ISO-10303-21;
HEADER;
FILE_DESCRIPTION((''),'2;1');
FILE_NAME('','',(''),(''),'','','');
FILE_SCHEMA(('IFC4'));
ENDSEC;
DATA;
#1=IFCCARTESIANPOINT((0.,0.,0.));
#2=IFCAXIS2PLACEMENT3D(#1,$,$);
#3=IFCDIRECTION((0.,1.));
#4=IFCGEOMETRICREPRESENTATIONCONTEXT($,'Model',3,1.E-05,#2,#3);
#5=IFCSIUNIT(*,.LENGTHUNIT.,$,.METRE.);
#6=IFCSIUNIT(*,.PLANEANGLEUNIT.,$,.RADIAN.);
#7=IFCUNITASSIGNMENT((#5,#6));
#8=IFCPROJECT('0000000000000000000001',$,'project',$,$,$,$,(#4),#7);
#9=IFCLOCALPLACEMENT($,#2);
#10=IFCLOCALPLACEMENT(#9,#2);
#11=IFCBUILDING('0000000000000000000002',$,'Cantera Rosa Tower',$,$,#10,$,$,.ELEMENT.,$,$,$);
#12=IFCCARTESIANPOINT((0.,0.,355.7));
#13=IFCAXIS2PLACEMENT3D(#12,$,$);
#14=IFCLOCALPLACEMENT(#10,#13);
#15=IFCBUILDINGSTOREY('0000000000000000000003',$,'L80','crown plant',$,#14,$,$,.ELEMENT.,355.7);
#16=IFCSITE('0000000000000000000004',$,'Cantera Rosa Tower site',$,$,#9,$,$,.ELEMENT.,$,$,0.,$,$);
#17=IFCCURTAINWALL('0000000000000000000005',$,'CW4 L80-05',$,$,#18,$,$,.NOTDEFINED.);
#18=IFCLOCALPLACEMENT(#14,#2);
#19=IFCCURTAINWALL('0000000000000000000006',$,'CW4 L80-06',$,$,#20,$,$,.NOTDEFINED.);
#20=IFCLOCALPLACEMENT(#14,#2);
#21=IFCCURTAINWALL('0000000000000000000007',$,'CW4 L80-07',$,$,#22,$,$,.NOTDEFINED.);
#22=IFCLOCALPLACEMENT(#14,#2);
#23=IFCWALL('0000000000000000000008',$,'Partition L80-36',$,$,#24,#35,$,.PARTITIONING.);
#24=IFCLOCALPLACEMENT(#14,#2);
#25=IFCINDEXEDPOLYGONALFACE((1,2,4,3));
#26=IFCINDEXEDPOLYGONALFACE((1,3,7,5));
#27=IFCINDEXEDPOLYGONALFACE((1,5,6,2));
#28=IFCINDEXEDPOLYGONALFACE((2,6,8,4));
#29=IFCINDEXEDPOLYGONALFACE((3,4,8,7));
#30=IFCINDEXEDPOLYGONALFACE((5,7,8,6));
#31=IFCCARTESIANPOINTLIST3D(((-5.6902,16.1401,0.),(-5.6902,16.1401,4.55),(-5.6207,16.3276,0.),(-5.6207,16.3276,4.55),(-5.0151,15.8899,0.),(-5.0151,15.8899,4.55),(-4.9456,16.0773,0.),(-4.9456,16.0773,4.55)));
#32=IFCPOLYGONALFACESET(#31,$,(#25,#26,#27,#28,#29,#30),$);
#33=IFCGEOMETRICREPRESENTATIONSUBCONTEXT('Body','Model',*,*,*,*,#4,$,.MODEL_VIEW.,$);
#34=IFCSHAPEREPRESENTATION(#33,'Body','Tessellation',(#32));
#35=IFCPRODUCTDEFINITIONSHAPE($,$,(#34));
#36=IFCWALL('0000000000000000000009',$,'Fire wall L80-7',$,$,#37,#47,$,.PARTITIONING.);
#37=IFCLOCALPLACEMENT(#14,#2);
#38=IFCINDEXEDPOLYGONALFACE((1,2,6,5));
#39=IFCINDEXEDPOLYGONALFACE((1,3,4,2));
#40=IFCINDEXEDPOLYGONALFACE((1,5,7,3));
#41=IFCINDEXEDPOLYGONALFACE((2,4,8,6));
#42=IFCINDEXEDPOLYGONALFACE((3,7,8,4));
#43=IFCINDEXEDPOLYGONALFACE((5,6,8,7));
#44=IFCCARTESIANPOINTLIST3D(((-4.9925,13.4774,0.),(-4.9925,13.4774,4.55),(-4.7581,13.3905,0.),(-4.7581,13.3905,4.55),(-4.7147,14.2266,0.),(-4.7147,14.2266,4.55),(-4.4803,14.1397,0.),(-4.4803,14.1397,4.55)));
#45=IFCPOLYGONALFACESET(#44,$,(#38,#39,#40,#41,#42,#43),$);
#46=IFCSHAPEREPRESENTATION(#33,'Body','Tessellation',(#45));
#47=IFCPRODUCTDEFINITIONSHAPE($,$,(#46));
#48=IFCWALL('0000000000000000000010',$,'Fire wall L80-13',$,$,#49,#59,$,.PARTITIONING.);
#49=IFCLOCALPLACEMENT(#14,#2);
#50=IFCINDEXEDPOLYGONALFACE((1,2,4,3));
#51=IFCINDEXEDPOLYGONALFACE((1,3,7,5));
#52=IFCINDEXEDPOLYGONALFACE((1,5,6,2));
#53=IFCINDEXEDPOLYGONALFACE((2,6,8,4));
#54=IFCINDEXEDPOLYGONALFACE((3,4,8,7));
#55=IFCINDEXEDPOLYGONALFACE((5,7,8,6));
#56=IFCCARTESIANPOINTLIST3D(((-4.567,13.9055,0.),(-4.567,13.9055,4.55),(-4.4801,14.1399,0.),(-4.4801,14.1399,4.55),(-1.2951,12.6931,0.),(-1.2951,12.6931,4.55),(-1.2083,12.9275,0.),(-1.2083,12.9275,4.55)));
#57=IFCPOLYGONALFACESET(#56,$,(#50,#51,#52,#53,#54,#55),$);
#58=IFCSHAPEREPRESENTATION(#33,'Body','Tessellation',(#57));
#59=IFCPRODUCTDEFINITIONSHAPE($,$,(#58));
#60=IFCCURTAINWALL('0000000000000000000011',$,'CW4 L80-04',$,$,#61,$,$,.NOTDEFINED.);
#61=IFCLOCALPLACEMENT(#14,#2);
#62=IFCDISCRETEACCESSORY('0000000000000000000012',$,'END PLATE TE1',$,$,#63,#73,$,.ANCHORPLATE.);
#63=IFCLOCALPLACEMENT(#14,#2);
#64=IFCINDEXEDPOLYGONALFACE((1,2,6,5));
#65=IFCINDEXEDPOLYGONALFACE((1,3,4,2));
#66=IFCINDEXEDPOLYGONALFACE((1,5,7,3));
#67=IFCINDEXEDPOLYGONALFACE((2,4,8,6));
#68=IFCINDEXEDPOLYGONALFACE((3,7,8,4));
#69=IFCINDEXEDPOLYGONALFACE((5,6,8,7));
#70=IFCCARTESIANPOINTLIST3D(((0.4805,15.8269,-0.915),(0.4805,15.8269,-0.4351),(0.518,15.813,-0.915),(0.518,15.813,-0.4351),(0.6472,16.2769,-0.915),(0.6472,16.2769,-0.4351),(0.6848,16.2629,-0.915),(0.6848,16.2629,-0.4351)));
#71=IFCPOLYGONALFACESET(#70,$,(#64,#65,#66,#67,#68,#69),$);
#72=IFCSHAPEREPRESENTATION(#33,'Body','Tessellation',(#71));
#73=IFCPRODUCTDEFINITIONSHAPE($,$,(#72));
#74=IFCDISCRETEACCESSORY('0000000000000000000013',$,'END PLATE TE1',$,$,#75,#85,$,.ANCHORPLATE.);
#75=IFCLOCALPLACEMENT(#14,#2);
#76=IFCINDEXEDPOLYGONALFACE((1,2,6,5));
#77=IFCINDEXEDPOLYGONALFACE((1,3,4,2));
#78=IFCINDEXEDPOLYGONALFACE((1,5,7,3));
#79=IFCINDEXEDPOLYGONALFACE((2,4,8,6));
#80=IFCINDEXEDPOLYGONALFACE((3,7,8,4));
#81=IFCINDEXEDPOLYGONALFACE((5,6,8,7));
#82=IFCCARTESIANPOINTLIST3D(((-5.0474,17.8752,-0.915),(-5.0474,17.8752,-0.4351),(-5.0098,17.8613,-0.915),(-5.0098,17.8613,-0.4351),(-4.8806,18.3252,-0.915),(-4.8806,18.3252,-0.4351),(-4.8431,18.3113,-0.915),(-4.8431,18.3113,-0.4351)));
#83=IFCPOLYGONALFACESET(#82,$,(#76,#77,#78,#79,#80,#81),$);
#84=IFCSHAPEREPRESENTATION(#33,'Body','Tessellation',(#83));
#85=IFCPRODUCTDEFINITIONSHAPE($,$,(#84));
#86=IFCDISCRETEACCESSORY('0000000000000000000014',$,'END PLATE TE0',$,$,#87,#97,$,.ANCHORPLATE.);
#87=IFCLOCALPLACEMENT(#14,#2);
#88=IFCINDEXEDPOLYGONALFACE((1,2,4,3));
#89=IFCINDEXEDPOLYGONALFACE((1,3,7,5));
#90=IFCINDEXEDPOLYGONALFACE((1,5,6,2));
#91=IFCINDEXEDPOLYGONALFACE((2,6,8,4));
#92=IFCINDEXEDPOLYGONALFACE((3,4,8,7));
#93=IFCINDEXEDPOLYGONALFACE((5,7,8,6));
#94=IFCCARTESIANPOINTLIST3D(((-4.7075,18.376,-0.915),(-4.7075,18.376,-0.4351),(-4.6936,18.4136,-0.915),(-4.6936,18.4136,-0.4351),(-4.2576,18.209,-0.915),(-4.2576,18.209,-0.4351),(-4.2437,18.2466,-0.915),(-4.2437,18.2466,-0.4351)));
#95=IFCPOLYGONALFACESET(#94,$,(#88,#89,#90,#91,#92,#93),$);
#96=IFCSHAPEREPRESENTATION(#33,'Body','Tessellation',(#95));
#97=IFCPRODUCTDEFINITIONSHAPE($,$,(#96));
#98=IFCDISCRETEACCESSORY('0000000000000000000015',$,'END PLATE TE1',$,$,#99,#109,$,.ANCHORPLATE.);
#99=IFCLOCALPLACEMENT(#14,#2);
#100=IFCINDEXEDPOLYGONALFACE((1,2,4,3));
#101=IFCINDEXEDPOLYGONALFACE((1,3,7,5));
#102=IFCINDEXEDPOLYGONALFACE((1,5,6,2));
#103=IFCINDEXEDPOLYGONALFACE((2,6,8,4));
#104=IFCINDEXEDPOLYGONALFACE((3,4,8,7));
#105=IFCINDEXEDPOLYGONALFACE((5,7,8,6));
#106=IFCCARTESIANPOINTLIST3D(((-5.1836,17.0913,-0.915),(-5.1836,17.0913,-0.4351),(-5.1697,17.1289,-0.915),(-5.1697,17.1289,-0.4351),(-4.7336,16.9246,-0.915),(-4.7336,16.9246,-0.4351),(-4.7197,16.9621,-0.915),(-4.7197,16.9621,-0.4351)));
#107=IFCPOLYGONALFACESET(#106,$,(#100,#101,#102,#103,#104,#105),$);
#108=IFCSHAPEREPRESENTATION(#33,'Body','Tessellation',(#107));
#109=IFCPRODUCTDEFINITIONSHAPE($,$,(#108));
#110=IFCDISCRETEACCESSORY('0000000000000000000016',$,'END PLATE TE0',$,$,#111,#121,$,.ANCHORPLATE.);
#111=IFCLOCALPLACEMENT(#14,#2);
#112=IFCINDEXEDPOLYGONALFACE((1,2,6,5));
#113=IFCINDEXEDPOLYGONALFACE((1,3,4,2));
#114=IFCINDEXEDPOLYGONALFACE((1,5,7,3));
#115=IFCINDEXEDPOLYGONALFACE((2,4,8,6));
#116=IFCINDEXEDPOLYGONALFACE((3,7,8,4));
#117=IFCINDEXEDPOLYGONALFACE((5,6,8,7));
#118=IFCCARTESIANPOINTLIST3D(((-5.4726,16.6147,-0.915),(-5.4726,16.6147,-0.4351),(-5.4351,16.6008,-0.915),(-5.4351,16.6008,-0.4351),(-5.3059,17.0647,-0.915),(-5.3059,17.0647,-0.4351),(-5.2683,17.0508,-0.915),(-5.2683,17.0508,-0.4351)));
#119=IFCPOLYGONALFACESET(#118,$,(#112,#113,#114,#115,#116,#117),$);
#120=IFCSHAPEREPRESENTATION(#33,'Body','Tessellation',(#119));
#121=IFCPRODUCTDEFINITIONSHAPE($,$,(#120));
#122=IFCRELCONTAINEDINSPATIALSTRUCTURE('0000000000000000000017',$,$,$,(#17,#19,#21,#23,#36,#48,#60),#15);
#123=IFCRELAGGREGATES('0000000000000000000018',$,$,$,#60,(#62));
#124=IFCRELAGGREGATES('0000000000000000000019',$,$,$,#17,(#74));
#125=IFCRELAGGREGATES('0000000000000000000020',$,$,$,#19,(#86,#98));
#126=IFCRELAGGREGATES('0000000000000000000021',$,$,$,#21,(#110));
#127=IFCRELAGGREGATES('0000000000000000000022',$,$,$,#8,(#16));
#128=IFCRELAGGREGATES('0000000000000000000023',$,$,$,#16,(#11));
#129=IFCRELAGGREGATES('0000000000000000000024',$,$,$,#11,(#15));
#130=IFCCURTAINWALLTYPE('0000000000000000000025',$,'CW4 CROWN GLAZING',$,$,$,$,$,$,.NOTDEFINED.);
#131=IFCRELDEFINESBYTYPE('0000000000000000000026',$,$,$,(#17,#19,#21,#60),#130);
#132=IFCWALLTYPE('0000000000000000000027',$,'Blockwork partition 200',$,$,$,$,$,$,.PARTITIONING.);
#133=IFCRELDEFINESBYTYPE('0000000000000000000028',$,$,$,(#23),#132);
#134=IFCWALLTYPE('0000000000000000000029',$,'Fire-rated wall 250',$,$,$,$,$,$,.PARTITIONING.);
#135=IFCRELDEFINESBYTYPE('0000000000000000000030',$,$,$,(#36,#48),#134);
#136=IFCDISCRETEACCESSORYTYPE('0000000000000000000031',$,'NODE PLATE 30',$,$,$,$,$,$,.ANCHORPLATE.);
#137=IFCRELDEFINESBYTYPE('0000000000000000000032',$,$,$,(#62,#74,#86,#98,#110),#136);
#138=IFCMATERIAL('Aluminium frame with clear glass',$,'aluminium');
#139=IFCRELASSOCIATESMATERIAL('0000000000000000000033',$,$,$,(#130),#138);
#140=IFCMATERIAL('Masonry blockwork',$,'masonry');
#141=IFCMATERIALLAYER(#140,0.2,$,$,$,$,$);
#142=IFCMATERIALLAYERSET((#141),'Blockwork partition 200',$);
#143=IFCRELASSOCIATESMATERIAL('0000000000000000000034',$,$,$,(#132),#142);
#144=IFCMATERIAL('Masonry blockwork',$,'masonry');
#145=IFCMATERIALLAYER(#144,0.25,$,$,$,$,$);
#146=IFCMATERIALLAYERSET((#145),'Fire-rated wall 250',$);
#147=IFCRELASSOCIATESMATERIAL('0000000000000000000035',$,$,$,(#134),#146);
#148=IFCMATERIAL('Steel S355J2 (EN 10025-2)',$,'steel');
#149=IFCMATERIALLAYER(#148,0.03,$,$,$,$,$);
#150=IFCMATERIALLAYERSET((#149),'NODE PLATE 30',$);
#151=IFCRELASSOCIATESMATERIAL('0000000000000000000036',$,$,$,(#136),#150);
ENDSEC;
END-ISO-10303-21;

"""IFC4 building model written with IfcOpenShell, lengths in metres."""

from ifc_helpers import new_model, si_unit, direction, frame, frame_2d, origin, place, context, subcontext, project, spatial, polyline, rectangle, outline, extrude, material, layer, layer_set, type_object, element, aggregate, save


model = new_model("IFC4")

# Units and contexts
model_context = context("Model", 3, precision=1e-05, world=origin(), true_north=direction((0.0, 1.0)))
body_context = subcontext(model_context, "Body", "Model", "MODEL_VIEW")
ifc_project = project(units=[si_unit("LENGTHUNIT", "METRE"), si_unit("PLANEANGLEUNIT", "RADIAN")], contexts=[model_context])

# Site, building, storey
site_placement = place(None, origin())
site = spatial("IfcSite", under=ifc_project, at=site_placement, Name="Cantera Rosa Tower site", CompositionType="ELEMENT", RefElevation=0.0)
building_placement = place(site_placement, origin())
building = spatial("IfcBuilding", under=site, at=building_placement, Name="Cantera Rosa Tower", CompositionType="ELEMENT")
storey_placement = place(building_placement, frame((0.0, 0.0, 355.7)))
storey = spatial("IfcBuildingStorey", under=building, at=storey_placement, Name="L80", Description="crown plant", CompositionType="ELEMENT", Elevation=355.7)

# Curtain walls
ifc_material_1 = material(Name="Aluminium frame with clear glass", Category="aluminium")
curtain_wall_type = type_object("IfcCurtainWallType", Name="CW4 CROWN GLAZING", PredefinedType="NOTDEFINED", material=ifc_material_1)
curtain_wall_1_placement = place(storey_placement, origin())
curtain_wall_1 = element("IfcCurtainWall", 1, at=curtain_wall_1_placement, inside=storey, type_object=curtain_wall_type, Name="CW4 L80-05", PredefinedType="NOTDEFINED")
curtain_wall_2_placement = place(storey_placement, origin())
curtain_wall_2 = element("IfcCurtainWall", 2, at=curtain_wall_2_placement, inside=storey, type_object=curtain_wall_type, Name="CW4 L80-06", PredefinedType="NOTDEFINED")
curtain_wall_3_placement = place(storey_placement, origin())
curtain_wall_3 = element("IfcCurtainWall", 3, at=curtain_wall_3_placement, inside=storey, type_object=curtain_wall_type, Name="CW4 L80-07", PredefinedType="NOTDEFINED")

# Walls
ifc_material_2 = material(Name="Masonry blockwork", Category="masonry")
ifc_layer_1 = layer(ifc_material_2, 0.2)
ifc_layer_set_1 = layer_set([ifc_layer_1], Name="Blockwork partition 200")
wall_type_1 = type_object("IfcWallType", Name="Blockwork partition 200", PredefinedType="PARTITIONING", material=ifc_layer_set_1)
wall_1_placement = place(storey_placement, frame((-4.9805, 15.9836, 0.0), z_axis=(0.0, 0.0, 1.0), x_axis=(-0.937646, 0.34759, 0.0)))
element("IfcWall", 4, at=wall_1_placement, inside=storey, type_object=wall_type_1, Name="Partition L80-36", PredefinedType="PARTITIONING", context=body_context, shape_type="SweptSolid", body=[
    extrude(rectangle(XDim=0.72, YDim=0.2, at=frame_2d((0.3599, 0.0))), origin(), (0.0, 0.0, 1.0), 4.55),
])
ifc_material_3 = material(Name="Masonry blockwork", Category="masonry")
ifc_layer_2 = layer(ifc_material_3, 0.25)
ifc_layer_set_2 = layer_set([ifc_layer_2], Name="Fire-rated wall 250")
wall_type_2 = type_object("IfcWallType", Name="Fire-rated wall 250", PredefinedType="PARTITIONING", material=ifc_layer_set_2)
wall_2_placement = place(storey_placement, frame((-4.8752, 13.4341, 0.0), z_axis=(0.0, 0.0, 1.0), x_axis=(0.347673, 0.937616, 0.0)))
element("IfcWall", 5, at=wall_2_placement, inside=storey, type_object=wall_type_2, Name="Fire wall L80-7", PredefinedType="PARTITIONING", context=body_context, shape_type="SweptSolid", body=[
    extrude(rectangle(XDim=0.7991, YDim=0.25, at=frame_2d((0.3994, 0.0))), origin(), (0.0, 0.0, 1.0), 4.55),
])
wall_3_placement = place(storey_placement, frame((-1.2517, 12.8103, 0.0), z_axis=(0.0, 0.0, 1.0), x_axis=(-0.937696, 0.347456, 0.0)))
element("IfcWall", 6, at=wall_3_placement, inside=storey, type_object=wall_type_2, Name="Fire wall L80-13", PredefinedType="PARTITIONING", context=body_context, shape_type="SweptSolid", body=[
    extrude(rectangle(XDim=3.4893, YDim=0.25, at=frame_2d((1.7446, 0.0))), origin(), (0.0, 0.0, 1.0), 4.55),
])

# Curtain wall, discrete accessory
curtain_wall_4_placement = place(storey_placement, origin())
curtain_wall_4 = element("IfcCurtainWall", 7, at=curtain_wall_4_placement, inside=storey, type_object=curtain_wall_type, Name="CW4 L80-04", PredefinedType="NOTDEFINED")
ifc_material_4 = material(Name="Steel S355J2 (EN 10025-2)", Category="steel")
ifc_layer_3 = layer(ifc_material_4, 0.03)
ifc_layer_set_3 = layer_set([ifc_layer_3], Name="NODE PLATE 30")
discrete_accessory_type = type_object("IfcDiscreteAccessoryType", Name="NODE PLATE 30", PredefinedType="ANCHORPLATE", material=ifc_layer_set_3)
discrete_accessory_1_placement = place(storey_placement, frame((0.4805, 15.8269, -0.4351), z_axis=(-0.937681, 0.347497, 0.0), x_axis=(0.347497, 0.937681, 0.0)))
discrete_accessory_1 = element("IfcDiscreteAccessory", 8, at=discrete_accessory_1_placement, type_object=discrete_accessory_type, Name="END PLATE TE1", PredefinedType="ANCHORPLATE", context=body_context, shape_type="SweptSolid", body=[
    extrude(outline(polyline([(0.0, 0.0), (0.4799, 0.0), (0.4799, 0.48), (0.0, 0.48), (0.0, 0.0)])), origin(), (0.0, 0.0, -1.0), 0.04),
])
aggregate(curtain_wall_4, [discrete_accessory_1])

# Discrete accessories
discrete_accessory_2_placement = place(storey_placement, frame((-5.0474, 17.8752, -0.4351), z_axis=(-0.937681, 0.347497, 0.0), x_axis=(0.347497, 0.937681, 0.0)))
discrete_accessory_2 = element("IfcDiscreteAccessory", 9, at=discrete_accessory_2_placement, type_object=discrete_accessory_type, Name="END PLATE TE1", PredefinedType="ANCHORPLATE", context=body_context, shape_type="SweptSolid", body=[
    extrude(outline(polyline([(0.0, 0.0), (0.4799, 0.0), (0.4799, 0.48), (0.0, 0.48), (0.0, 0.0)])), origin(), (0.0, 0.0, -1.0), 0.04),
])
aggregate(curtain_wall_1, [discrete_accessory_2])
discrete_accessory_3_placement = place(storey_placement, frame((-4.6936, 18.4136, -0.4351), z_axis=(0.347944, 0.937515, 0.0), x_axis=(0.937515, -0.347944, 0.0)))
discrete_accessory_3 = element("IfcDiscreteAccessory", 10, at=discrete_accessory_3_placement, type_object=discrete_accessory_type, Name="END PLATE TE0", PredefinedType="ANCHORPLATE", context=body_context, shape_type="SweptSolid", body=[
    extrude(outline(polyline([(0.0, 0.0), (0.4799, 0.0), (0.4799, 0.48), (0.0, 0.48), (0.0, 0.0)])), origin(), (0.0, 0.0, -1.0), 0.04),
])
discrete_accessory_4_placement = place(storey_placement, frame((-4.7336, 16.9246, -0.4351), z_axis=(-0.347497, -0.937681, 0.0), x_axis=(-0.937681, 0.347497, 0.0)))
discrete_accessory_4 = element("IfcDiscreteAccessory", 11, at=discrete_accessory_4_placement, type_object=discrete_accessory_type, Name="END PLATE TE1", PredefinedType="ANCHORPLATE", context=body_context, shape_type="SweptSolid", body=[
    extrude(outline(polyline([(0.0, 0.0), (0.4799, 0.0), (0.4799, 0.48), (0.0, 0.48), (0.0, 0.0)])), origin(), (0.0, 0.0, -1.0), 0.04),
])
aggregate(curtain_wall_2, [discrete_accessory_3, discrete_accessory_4])
discrete_accessory_5_placement = place(storey_placement, frame((-5.2683, 17.0508, -0.4351), z_axis=(0.937681, -0.347497, 0.0), x_axis=(-0.347497, -0.937681, 0.0)))
discrete_accessory_5 = element("IfcDiscreteAccessory", 12, at=discrete_accessory_5_placement, type_object=discrete_accessory_type, Name="END PLATE TE0", PredefinedType="ANCHORPLATE", context=body_context, shape_type="SweptSolid", body=[
    extrude(outline(polyline([(0.0, 0.0), (0.4799, 0.0), (0.4799, 0.48), (0.0, 0.48), (0.0, 0.0)])), origin(), (0.0, 0.0, -1.0), 0.04),
])
aggregate(curtain_wall_3, [discrete_accessory_5])

save(model, "model.ifc")
